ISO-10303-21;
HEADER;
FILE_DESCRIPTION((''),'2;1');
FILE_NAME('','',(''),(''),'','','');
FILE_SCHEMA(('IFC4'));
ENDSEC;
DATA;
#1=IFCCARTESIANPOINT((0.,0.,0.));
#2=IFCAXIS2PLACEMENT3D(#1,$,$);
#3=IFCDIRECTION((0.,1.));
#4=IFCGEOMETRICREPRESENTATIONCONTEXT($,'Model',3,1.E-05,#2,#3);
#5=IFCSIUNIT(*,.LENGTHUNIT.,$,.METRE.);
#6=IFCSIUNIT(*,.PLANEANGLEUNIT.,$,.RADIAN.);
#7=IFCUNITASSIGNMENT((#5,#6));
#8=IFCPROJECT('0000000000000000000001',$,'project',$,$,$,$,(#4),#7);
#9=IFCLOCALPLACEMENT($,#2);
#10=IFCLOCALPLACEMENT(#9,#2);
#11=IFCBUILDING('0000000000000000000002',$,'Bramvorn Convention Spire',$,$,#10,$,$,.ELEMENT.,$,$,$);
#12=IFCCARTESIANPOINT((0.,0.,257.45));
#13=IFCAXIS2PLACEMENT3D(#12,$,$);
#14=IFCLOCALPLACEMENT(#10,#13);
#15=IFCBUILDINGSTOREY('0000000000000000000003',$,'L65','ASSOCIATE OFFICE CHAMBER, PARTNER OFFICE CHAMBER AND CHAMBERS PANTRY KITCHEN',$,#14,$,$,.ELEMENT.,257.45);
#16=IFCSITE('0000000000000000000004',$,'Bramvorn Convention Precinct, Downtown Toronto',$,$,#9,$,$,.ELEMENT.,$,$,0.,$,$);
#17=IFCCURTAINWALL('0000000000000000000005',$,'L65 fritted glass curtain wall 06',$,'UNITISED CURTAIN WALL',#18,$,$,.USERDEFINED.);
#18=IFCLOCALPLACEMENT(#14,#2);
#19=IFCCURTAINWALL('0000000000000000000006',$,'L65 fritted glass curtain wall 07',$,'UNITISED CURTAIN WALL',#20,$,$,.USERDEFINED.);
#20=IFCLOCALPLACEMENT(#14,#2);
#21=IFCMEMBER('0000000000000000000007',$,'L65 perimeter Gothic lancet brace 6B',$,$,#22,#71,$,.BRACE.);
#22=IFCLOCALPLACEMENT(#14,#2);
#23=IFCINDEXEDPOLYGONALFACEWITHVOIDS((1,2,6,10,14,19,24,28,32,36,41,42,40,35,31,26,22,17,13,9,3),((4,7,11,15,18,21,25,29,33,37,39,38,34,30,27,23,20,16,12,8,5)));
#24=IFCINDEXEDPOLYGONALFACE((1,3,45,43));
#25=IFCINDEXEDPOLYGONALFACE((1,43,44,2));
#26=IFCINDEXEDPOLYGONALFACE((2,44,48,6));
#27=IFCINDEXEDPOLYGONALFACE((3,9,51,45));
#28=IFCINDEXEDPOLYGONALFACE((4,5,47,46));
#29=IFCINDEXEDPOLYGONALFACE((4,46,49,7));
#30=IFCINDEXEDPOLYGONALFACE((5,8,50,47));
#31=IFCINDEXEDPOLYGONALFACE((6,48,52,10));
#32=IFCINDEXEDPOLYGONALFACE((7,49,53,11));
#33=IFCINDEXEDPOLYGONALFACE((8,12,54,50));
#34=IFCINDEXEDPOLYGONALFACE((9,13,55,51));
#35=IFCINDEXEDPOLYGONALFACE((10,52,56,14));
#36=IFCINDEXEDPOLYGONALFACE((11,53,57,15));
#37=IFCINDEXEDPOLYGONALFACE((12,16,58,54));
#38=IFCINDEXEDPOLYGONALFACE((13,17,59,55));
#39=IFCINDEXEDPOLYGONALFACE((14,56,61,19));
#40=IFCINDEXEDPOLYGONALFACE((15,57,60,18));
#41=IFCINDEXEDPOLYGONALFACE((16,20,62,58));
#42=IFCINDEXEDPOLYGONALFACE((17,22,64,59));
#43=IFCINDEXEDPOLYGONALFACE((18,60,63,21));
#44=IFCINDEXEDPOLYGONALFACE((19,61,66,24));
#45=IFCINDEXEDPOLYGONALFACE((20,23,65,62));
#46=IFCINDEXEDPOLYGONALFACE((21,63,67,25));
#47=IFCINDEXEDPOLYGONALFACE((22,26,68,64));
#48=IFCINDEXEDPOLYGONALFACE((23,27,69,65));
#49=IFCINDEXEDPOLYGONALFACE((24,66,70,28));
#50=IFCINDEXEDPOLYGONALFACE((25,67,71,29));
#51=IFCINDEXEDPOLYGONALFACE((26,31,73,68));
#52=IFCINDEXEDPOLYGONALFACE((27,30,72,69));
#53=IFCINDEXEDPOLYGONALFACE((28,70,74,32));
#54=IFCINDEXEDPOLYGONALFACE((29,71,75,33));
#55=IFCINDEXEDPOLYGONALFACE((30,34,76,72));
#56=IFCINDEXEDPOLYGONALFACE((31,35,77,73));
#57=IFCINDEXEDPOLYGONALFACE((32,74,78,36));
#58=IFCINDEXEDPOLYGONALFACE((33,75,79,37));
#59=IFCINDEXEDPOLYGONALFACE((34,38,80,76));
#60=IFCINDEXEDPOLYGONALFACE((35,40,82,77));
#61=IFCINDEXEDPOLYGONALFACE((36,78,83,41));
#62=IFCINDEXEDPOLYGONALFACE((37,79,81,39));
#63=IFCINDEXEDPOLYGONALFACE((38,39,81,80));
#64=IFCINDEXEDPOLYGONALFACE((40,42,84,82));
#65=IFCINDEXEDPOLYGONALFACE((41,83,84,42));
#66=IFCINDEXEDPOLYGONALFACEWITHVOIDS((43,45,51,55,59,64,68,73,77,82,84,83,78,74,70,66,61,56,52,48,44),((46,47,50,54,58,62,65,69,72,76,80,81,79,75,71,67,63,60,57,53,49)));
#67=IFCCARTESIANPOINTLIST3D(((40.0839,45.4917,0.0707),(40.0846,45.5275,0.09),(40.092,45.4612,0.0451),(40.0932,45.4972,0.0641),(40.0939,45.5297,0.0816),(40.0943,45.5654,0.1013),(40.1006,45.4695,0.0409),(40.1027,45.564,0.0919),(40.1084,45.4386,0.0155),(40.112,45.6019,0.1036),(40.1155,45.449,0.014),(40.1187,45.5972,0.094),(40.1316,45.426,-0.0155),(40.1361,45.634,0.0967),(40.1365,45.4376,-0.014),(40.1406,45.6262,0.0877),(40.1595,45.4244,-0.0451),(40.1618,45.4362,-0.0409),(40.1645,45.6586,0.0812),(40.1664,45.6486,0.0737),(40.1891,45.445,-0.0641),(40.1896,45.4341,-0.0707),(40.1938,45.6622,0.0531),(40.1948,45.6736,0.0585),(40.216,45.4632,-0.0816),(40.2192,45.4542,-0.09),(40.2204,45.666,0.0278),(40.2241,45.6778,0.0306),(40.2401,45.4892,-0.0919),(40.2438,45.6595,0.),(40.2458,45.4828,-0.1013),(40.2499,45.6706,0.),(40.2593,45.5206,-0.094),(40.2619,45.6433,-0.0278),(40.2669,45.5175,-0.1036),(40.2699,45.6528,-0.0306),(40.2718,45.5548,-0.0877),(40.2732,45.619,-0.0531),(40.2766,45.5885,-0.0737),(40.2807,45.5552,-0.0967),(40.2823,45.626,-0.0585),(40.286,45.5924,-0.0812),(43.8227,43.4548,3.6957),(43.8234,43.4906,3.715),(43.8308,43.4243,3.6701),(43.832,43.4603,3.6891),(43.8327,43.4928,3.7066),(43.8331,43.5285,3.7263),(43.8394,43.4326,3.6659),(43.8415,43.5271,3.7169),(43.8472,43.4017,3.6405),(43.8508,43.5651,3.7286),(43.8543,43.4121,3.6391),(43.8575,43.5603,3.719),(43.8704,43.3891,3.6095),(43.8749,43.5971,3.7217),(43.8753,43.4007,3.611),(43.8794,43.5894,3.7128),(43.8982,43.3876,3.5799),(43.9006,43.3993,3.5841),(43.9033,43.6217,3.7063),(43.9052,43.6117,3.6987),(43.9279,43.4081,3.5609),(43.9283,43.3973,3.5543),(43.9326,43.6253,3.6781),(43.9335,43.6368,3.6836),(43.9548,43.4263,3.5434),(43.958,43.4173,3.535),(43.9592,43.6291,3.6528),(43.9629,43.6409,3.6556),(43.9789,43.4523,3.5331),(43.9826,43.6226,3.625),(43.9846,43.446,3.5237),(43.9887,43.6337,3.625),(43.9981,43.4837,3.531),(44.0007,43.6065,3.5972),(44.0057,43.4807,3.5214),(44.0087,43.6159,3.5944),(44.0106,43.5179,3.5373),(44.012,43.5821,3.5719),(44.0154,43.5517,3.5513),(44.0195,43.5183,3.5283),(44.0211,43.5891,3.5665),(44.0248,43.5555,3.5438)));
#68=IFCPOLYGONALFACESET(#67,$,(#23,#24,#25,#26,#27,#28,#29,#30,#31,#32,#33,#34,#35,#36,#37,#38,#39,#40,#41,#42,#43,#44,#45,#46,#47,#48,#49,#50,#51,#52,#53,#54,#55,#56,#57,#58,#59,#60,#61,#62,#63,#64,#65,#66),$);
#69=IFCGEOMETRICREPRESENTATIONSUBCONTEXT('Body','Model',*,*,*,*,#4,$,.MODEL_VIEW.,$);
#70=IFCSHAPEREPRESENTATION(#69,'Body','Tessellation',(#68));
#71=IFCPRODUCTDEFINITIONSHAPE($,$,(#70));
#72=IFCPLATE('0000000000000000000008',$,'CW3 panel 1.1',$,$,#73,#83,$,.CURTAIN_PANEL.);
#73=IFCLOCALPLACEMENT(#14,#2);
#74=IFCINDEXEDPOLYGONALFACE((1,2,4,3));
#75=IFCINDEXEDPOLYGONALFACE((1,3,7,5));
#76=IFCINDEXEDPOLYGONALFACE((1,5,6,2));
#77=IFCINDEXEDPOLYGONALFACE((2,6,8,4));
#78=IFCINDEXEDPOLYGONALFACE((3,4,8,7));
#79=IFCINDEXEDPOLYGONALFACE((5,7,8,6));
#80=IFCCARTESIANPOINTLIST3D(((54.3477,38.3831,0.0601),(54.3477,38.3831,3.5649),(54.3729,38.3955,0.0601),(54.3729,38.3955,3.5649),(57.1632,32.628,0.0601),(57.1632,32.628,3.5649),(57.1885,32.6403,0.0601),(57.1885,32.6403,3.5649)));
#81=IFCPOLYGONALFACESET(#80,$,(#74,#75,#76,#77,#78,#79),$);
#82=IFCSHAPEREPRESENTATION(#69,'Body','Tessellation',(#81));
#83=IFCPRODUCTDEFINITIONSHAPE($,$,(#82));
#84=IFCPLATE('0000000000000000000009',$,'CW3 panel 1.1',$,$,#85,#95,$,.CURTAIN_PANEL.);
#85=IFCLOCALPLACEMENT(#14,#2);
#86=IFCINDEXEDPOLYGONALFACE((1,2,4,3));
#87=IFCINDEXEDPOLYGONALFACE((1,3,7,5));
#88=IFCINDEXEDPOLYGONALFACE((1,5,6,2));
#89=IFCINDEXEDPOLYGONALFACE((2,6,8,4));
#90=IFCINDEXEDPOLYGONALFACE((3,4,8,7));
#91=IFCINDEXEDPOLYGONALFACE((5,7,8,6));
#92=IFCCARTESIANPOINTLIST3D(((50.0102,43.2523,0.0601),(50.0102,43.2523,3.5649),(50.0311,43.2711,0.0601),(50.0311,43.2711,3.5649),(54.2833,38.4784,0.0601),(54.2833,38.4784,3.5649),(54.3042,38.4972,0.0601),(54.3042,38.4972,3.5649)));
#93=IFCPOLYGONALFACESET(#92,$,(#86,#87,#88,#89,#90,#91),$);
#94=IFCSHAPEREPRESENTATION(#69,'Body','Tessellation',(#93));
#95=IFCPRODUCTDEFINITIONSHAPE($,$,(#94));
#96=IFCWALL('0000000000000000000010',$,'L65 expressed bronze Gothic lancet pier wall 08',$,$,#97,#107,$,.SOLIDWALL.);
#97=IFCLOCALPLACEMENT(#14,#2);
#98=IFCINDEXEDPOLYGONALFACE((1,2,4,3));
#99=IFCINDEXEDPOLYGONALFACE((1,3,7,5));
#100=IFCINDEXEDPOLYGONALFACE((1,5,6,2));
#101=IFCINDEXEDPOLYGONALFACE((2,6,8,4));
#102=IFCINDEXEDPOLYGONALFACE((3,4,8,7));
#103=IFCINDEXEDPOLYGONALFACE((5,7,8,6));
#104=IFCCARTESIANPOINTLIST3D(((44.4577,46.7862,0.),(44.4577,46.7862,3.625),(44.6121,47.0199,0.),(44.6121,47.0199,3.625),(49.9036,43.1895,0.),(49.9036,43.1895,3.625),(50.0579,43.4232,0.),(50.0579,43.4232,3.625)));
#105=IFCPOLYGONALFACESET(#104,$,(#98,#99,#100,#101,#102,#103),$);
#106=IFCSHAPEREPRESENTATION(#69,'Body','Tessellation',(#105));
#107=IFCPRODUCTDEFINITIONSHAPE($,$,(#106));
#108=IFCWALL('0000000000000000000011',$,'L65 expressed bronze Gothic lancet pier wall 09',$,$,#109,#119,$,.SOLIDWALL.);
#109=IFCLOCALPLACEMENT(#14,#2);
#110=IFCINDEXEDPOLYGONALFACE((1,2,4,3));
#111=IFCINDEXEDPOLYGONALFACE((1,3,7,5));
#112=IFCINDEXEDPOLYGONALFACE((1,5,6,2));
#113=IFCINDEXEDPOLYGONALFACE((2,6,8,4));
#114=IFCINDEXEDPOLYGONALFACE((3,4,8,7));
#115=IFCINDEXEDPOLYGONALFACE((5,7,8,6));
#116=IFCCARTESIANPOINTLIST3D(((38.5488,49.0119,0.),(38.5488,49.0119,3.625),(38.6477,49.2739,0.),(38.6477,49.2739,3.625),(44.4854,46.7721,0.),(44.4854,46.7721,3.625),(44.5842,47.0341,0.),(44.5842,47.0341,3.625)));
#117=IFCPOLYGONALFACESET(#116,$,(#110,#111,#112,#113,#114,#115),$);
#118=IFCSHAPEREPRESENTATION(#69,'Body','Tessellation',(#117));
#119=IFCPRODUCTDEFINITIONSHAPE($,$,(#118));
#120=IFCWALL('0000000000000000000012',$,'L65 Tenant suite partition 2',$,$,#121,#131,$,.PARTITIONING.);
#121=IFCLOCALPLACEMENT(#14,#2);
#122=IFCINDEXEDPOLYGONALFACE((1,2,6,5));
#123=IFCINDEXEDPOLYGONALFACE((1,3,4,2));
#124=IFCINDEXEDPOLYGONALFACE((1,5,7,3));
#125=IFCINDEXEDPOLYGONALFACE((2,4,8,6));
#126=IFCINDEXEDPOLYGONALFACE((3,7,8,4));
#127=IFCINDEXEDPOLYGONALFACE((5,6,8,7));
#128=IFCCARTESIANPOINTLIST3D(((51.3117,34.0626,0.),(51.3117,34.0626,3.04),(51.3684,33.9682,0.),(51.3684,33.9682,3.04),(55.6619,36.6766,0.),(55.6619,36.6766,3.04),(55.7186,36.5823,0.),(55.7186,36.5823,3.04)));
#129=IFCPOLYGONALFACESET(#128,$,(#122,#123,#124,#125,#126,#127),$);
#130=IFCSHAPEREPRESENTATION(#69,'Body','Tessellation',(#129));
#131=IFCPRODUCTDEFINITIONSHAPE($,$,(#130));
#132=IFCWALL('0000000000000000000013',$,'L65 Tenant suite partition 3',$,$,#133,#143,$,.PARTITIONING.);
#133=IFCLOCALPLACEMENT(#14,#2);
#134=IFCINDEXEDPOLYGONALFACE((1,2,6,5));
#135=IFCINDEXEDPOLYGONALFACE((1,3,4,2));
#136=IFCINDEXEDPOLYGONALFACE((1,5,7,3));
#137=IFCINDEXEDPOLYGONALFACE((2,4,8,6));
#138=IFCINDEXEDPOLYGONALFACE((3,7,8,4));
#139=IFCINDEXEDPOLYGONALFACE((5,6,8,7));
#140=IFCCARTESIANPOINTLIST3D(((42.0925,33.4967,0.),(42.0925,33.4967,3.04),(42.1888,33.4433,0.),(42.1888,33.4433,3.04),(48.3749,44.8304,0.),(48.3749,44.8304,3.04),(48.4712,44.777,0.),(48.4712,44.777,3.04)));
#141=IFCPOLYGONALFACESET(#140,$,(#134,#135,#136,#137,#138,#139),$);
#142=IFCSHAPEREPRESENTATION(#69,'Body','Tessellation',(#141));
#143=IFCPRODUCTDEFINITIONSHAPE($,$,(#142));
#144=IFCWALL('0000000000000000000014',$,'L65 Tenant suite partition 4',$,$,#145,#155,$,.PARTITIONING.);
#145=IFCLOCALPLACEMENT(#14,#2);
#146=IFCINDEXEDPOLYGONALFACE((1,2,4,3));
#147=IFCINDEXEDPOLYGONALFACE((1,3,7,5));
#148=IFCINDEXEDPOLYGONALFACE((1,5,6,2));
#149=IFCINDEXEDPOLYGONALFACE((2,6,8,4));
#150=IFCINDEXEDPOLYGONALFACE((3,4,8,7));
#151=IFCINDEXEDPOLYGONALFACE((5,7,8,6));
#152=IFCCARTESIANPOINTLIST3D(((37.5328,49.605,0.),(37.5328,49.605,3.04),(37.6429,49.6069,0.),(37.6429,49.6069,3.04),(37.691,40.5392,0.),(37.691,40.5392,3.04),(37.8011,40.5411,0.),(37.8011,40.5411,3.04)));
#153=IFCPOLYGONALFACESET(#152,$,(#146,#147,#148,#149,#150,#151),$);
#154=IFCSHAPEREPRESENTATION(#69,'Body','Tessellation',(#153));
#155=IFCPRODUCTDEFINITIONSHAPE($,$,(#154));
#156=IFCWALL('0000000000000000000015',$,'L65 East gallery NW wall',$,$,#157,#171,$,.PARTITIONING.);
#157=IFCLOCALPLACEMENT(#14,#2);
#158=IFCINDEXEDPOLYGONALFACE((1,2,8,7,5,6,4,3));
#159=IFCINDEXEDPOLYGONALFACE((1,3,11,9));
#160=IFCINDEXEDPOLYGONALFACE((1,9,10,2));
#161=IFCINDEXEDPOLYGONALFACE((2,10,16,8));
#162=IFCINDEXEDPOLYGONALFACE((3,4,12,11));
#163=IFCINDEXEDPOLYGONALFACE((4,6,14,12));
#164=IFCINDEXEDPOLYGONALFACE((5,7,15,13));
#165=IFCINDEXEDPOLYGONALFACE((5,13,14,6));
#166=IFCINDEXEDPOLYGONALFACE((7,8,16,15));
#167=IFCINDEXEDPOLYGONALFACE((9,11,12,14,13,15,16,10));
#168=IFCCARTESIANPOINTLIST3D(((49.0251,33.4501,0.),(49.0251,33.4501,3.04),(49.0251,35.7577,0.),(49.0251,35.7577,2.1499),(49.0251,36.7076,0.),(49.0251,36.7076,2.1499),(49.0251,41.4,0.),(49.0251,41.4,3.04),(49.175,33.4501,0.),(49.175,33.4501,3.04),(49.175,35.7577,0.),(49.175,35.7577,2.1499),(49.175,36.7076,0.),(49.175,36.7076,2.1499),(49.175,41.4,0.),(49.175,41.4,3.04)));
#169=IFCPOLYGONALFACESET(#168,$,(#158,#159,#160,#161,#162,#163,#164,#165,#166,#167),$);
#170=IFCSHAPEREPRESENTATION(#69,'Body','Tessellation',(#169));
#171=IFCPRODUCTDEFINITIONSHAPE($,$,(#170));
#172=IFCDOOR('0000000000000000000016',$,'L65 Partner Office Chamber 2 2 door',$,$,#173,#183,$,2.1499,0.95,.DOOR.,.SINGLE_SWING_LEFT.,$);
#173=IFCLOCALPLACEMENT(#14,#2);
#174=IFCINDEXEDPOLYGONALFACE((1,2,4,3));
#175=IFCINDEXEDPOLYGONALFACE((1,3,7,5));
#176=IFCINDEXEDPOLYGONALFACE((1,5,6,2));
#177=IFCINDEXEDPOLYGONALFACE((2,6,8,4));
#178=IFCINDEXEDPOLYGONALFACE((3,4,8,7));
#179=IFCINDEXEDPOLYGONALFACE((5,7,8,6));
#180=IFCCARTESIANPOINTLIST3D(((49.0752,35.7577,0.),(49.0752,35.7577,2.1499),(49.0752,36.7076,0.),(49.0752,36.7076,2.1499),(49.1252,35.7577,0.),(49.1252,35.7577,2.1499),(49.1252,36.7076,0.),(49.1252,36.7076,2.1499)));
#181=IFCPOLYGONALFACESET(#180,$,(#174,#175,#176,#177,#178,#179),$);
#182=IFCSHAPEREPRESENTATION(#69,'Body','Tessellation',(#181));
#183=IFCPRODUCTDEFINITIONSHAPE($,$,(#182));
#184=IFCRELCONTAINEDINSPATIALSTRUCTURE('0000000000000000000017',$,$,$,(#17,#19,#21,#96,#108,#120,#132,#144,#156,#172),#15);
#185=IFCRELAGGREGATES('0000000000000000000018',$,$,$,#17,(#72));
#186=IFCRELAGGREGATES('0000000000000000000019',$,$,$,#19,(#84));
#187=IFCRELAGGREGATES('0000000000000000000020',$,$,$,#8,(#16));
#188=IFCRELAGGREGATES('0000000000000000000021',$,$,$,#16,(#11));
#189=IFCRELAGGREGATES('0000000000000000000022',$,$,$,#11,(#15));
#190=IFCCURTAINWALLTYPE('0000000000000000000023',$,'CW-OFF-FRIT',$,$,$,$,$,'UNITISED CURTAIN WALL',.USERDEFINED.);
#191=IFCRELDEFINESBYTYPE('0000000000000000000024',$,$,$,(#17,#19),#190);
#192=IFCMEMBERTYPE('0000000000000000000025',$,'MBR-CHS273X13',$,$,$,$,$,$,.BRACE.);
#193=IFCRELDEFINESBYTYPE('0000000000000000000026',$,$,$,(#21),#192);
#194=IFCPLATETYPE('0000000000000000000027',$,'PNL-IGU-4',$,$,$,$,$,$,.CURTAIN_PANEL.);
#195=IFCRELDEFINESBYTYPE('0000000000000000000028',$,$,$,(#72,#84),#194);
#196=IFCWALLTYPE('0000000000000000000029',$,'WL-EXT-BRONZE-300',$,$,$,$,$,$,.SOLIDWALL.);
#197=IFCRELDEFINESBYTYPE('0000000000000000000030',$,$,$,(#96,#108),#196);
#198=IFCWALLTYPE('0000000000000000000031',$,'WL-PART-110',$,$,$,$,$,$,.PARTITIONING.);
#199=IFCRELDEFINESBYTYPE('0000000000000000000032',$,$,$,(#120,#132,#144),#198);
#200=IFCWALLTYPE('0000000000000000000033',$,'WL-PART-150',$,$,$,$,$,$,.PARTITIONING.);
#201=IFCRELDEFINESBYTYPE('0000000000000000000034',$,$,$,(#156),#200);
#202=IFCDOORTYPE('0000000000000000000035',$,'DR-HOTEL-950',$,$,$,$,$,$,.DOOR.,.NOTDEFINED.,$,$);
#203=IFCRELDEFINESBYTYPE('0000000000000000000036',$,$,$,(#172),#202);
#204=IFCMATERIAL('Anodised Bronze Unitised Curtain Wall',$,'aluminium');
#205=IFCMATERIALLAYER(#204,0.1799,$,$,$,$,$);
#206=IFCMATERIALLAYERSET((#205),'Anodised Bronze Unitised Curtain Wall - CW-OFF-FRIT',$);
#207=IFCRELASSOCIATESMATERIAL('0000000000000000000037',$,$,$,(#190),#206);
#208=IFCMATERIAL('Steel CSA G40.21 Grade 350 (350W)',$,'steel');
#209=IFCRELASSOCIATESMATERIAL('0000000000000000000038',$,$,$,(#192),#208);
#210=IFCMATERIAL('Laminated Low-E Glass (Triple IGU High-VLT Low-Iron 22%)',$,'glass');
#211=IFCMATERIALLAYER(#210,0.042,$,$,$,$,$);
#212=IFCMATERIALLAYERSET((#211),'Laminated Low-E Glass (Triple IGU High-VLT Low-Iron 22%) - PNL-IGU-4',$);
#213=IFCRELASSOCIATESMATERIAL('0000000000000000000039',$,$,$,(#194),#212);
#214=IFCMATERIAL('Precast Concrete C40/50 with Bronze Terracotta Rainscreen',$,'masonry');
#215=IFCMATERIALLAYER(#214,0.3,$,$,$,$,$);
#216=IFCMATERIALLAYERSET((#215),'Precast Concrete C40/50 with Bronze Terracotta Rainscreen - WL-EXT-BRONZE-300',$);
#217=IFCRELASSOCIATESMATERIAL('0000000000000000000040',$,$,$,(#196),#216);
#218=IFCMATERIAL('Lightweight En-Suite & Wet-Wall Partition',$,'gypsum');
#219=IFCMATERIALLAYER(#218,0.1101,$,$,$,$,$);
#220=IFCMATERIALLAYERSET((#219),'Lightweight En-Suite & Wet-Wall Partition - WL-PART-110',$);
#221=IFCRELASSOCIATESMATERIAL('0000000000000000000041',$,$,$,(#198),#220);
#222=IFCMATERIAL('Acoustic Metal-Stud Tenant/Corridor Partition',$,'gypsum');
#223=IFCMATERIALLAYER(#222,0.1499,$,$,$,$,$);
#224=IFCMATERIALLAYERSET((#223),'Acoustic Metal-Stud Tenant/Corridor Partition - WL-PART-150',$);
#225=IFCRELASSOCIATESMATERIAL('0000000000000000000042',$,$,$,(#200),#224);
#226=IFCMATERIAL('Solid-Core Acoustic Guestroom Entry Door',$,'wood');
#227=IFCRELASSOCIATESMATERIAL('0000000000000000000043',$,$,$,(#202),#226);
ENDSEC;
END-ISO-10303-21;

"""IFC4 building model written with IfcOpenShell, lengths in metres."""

from ifc_helpers import new_model, si_unit, direction, frame, frame_2d, origin, origin_2d, place, context, subcontext, project, spatial, rectangle, hollow_circle, extrude, material, layer, layer_set, material_profile, profile_set, type_object, element, fill, aggregate, save


model = new_model("IFC4")

# Units and contexts
model_context = context("Model", 3, precision=1e-05, world=origin(), true_north=direction((0.0, 1.0)))
body_context = subcontext(model_context, "Body", "Model", "MODEL_VIEW")
ifc_project = project(units=[si_unit("LENGTHUNIT", "METRE"), si_unit("PLANEANGLEUNIT", "RADIAN")], contexts=[model_context])

# Site, building, storey
site_placement = place(None, origin())
site = spatial("IfcSite", under=ifc_project, at=site_placement, Name="Bramvorn Convention Precinct, Downtown Toronto", CompositionType="ELEMENT", RefElevation=0.0)
building_placement = place(site_placement, origin())
building = spatial("IfcBuilding", under=site, at=building_placement, Name="Bramvorn Convention Spire", CompositionType="ELEMENT")
storey_placement = place(building_placement, frame((0.0, 0.0, 257.45)))
storey = spatial("IfcBuildingStorey", under=building, at=storey_placement, Name="L65", Description="ASSOCIATE OFFICE CHAMBER, PARTNER OFFICE CHAMBER AND CHAMBERS PANTRY KITCHEN", CompositionType="ELEMENT", Elevation=257.45)

# Shared definitions
ifc_material_1 = material(Name="Steel CSA G40.21 Grade 350 (350W)", Category="steel")

# Curtain wall
ifc_material_2 = material(Name="Anodised Bronze Unitised Curtain Wall", Category="aluminium")
ifc_layer_1 = layer(ifc_material_2, 0.1799)
ifc_layer_set_1 = layer_set([ifc_layer_1], Name="Anodised Bronze Unitised Curtain Wall - CW-OFF-FRIT")
curtain_wall_type = type_object("IfcCurtainWallType", Name="CW-OFF-FRIT", ElementType="UNITISED CURTAIN WALL", PredefinedType="USERDEFINED", material=ifc_layer_set_1)
curtain_wall_1_placement = place(storey_placement, origin())
curtain_wall_1 = element("IfcCurtainWall", 1, at=curtain_wall_1_placement, inside=storey, type_object=curtain_wall_type, Name="L65 fritted glass curtain wall 06", ObjectType="UNITISED CURTAIN WALL", PredefinedType="USERDEFINED")

# Curtain wall
curtain_wall_2_placement = place(storey_placement, origin())
curtain_wall_2 = element("IfcCurtainWall", 2, at=curtain_wall_2_placement, inside=storey, type_object=curtain_wall_type, Name="L65 fritted glass curtain wall 07", ObjectType="UNITISED CURTAIN WALL", PredefinedType="USERDEFINED")

# Member
ifc_material_profile_1 = material_profile(ifc_material_1, hollow_circle(Radius=0.1365, WallThickness=0.0127, at=origin_2d()))
ifc_profile_set_1 = profile_set([ifc_material_profile_1], Name="Steel CSA G40.21 Grade 350 (350W) - CHS273X13")
member_type_1 = type_object("IfcMemberType", Name="MBR-CHS273X13", PredefinedType="BRACE", material=ifc_profile_set_1)
member_1_placement = place(storey_placement, frame((40.1846, 45.5508, 0.0), z_axis=(0.668621, -0.364262, 0.648275), x_axis=(0.478406, 0.878139, 0.0)))
element("IfcMember", 3, at=member_1_placement, inside=storey, type_object=member_type_1, Name="L65 perimeter Gothic lancet brace 6B", PredefinedType="BRACE", context=body_context, shape_type="SweptSolid", body=[
    extrude(hollow_circle(Radius=0.1365, WallThickness=0.0127, at=origin_2d()), origin(), (0.0, 0.0, 1.0), 5.5918),
])

# Plates
ifc_material_3 = material(Name="Laminated Low-E Glass (Triple IGU High-VLT Low-Iron 22%)", Category="glass")
ifc_layer_2 = layer(ifc_material_3, 0.042)
ifc_layer_set_2 = layer_set([ifc_layer_2], Name="Laminated Low-E Glass (Triple IGU High-VLT Low-Iron 22%) - PNL-IGU-4")
plate_type = type_object("IfcPlateType", Name="PNL-IGU-4", PredefinedType="CURTAIN_PANEL", material=ifc_layer_set_2)
plate_1_placement = place(storey_placement, frame((55.7681, 35.5117, 0.0601), z_axis=(0.0, 0.0, 1.0), x_axis=(0.439451, -0.898267, 0.0)))
plate_1 = element("IfcPlate", 4, at=plate_1_placement, type_object=plate_type, Name="CW3 panel 1.1", PredefinedType="CURTAIN_PANEL", context=body_context, shape_type="SweptSolid", body=[
    extrude(rectangle(XDim=6.407, YDim=0.0281, at=origin_2d()), origin(), (0.0, 0.0, 1.0), 3.5049),
])
aggregate(curtain_wall_1, [plate_1])
plate_2_placement = place(storey_placement, frame((52.1572, 40.8748, 0.0601), z_axis=(0.0, 0.0, 1.0), x_axis=(0.666942, -0.74511, 0.0)))
plate_2 = element("IfcPlate", 5, at=plate_2_placement, type_object=plate_type, Name="CW3 panel 1.1", PredefinedType="CURTAIN_PANEL", context=body_context, shape_type="SweptSolid", body=[
    extrude(rectangle(XDim=6.407, YDim=0.0281, at=origin_2d()), origin(), (0.0, 0.0, 1.0), 3.5049),
])
aggregate(curtain_wall_2, [plate_2])

# Walls
ifc_material_4 = material(Name="Precast Concrete C40/50 with Bronze Terracotta Rainscreen", Category="masonry")
ifc_layer_3 = layer(ifc_material_4, 0.3)
ifc_layer_set_3 = layer_set([ifc_layer_3], Name="Precast Concrete C40/50 with Bronze Terracotta Rainscreen - WL-EXT-BRONZE-300")
wall_type_1 = type_object("IfcWallType", Name="WL-EXT-BRONZE-300", PredefinedType="SOLIDWALL", material=ifc_layer_set_3)
wall_1_placement = place(storey_placement, frame((44.5349, 46.9031, 0.0), z_axis=(0.0, 0.0, 1.0), x_axis=(0.834437, -0.551104, 0.0)))
element("IfcWall", 6, at=wall_1_placement, inside=storey, type_object=wall_type_1, Name="L65 expressed bronze Gothic lancet pier wall 08", PredefinedType="SOLIDWALL", context=body_context, shape_type="SweptSolid", body=[
    extrude(rectangle(XDim=6.5264, YDim=0.28, at=frame_2d((3.2632, 0.0))), origin(), (0.0, 0.0, 1.0), 3.625),
])
wall_2_placement = place(storey_placement, frame((38.5984, 49.1428, 0.0), z_axis=(0.0, 0.0, 1.0), x_axis=(0.935625, -0.352995, 0.0)))
element("IfcWall", 7, at=wall_2_placement, inside=storey, type_object=wall_type_1, Name="L65 expressed bronze Gothic lancet pier wall 09", PredefinedType="SOLIDWALL", context=body_context, shape_type="SweptSolid", body=[
    extrude(rectangle(XDim=6.345, YDim=0.28, at=frame_2d((3.1724, 0.0))), origin(), (0.0, 0.0, 1.0), 3.625),
])
ifc_material_5 = material(Name="Lightweight En-Suite & Wet-Wall Partition", Category="gypsum")
ifc_layer_4 = layer(ifc_material_5, 0.1101)
ifc_layer_set_4 = layer_set([ifc_layer_4], Name="Lightweight En-Suite & Wet-Wall Partition - WL-PART-110")
wall_type_2 = type_object("IfcWallType", Name="WL-PART-110", PredefinedType="PARTITIONING", material=ifc_layer_set_4)
wall_3_placement = place(storey_placement, frame((51.3401, 34.0154, 0.0), z_axis=(0.0, 0.0, 1.0), x_axis=(0.857149, 0.515069, 0.0)))
element("IfcWall", 8, at=wall_3_placement, inside=storey, type_object=wall_type_2, Name="L65 Tenant suite partition 2", PredefinedType="PARTITIONING", context=body_context, shape_type="SweptSolid", body=[
    extrude(rectangle(XDim=5.0752, YDim=0.1101, at=frame_2d((2.5376, 0.0))), origin(), (0.0, 0.0, 1.0), 3.04),
])
wall_4_placement = place(storey_placement, frame((42.1406, 33.47, 0.0), z_axis=(0.0, 0.0, 1.0), x_axis=(0.484814, 0.874617, 0.0)))
element("IfcWall", 9, at=wall_4_placement, inside=storey, type_object=wall_type_2, Name="L65 Tenant suite partition 3", PredefinedType="PARTITIONING", context=body_context, shape_type="SweptSolid", body=[
    extrude(rectangle(XDim=12.9585, YDim=0.1101, at=frame_2d((6.4792, 0.0))), origin(), (0.0, 0.0, 1.0), 3.04),
])
wall_5_placement = place(storey_placement, frame((37.7461, 40.54, 0.0), z_axis=(0.0, 0.0, 1.0), x_axis=(-0.017448, 0.999848, 0.0)))
element("IfcWall", 10, at=wall_5_placement, inside=storey, type_object=wall_type_2, Name="L65 Tenant suite partition 4", PredefinedType="PARTITIONING", context=body_context, shape_type="SweptSolid", body=[
    extrude(rectangle(XDim=9.0671, YDim=0.1101, at=frame_2d((4.5337, 0.0))), origin(), (0.0, 0.0, 1.0), 3.04),
])

# Wall, opening, door
ifc_material_6 = material(Name="Acoustic Metal-Stud Tenant/Corridor Partition", Category="gypsum")
ifc_layer_5 = layer(ifc_material_6, 0.1499)
ifc_layer_set_5 = layer_set([ifc_layer_5], Name="Acoustic Metal-Stud Tenant/Corridor Partition - WL-PART-150")
wall_type_3 = type_object("IfcWallType", Name="WL-PART-150", PredefinedType="PARTITIONING", material=ifc_layer_set_5)
wall_6_placement = place(storey_placement, frame((49.1001, 33.45, 0.0), z_axis=(0.0, 0.0, 1.0), x_axis=(0.0, 1.0, 0.0)))
wall_6 = element("IfcWall", 11, at=wall_6_placement, inside=storey, type_object=wall_type_3, Name="L65 East gallery NW wall", PredefinedType="PARTITIONING", context=body_context, shape_type="SweptSolid", body=[
    extrude(rectangle(XDim=7.95, YDim=0.1499, at=frame_2d((3.9751, 0.0))), origin(), (0.0, 0.0, 1.0), 3.04),
])
opening_1_placement = place(wall_6_placement, frame((2.3076, 0.0, 0.0)))
opening_1 = element("IfcOpeningElement", 12, at=opening_1_placement, cuts=wall_6, PredefinedType="OPENING", context=body_context, shape_type="SweptSolid", body=[
    extrude(rectangle(XDim=0.95, YDim=2.1499, at=frame_2d((0.4751, 1.075))), frame((0.0, 0.085, 0.0), z_axis=(0.0, -1.0, 0.0), x_axis=(1.0, 0.0, 0.0)), (0.0, 0.0, 1.0), 0.1699),
])
ifc_material_7 = material(Name="Solid-Core Acoustic Guestroom Entry Door", Category="wood")
door_type = type_object("IfcDoorType", Name="DR-HOTEL-950", OperationType="NOTDEFINED", PredefinedType="DOOR", material=ifc_material_7)
door_1_placement = place(opening_1_placement, origin())
door_1 = element("IfcDoor", 13, at=door_1_placement, inside=storey, type_object=door_type, Name="L65 Partner Office Chamber 2 2 door", OperationType="SINGLE_SWING_LEFT", OverallHeight=2.1499, OverallWidth=0.95, PredefinedType="DOOR", context=body_context, shape_type="SweptSolid", body=[
    extrude(rectangle(XDim=0.95, YDim=2.1499, at=frame_2d((0.4751, 1.075))), frame((0.0, 0.0249, 0.0), z_axis=(0.0, -1.0, 0.0), x_axis=(1.0, 0.0, 0.0)), (0.0, 0.0, 1.0), 0.05),
])
fill(opening_1, door_1)

save(model, "model.ifc")
